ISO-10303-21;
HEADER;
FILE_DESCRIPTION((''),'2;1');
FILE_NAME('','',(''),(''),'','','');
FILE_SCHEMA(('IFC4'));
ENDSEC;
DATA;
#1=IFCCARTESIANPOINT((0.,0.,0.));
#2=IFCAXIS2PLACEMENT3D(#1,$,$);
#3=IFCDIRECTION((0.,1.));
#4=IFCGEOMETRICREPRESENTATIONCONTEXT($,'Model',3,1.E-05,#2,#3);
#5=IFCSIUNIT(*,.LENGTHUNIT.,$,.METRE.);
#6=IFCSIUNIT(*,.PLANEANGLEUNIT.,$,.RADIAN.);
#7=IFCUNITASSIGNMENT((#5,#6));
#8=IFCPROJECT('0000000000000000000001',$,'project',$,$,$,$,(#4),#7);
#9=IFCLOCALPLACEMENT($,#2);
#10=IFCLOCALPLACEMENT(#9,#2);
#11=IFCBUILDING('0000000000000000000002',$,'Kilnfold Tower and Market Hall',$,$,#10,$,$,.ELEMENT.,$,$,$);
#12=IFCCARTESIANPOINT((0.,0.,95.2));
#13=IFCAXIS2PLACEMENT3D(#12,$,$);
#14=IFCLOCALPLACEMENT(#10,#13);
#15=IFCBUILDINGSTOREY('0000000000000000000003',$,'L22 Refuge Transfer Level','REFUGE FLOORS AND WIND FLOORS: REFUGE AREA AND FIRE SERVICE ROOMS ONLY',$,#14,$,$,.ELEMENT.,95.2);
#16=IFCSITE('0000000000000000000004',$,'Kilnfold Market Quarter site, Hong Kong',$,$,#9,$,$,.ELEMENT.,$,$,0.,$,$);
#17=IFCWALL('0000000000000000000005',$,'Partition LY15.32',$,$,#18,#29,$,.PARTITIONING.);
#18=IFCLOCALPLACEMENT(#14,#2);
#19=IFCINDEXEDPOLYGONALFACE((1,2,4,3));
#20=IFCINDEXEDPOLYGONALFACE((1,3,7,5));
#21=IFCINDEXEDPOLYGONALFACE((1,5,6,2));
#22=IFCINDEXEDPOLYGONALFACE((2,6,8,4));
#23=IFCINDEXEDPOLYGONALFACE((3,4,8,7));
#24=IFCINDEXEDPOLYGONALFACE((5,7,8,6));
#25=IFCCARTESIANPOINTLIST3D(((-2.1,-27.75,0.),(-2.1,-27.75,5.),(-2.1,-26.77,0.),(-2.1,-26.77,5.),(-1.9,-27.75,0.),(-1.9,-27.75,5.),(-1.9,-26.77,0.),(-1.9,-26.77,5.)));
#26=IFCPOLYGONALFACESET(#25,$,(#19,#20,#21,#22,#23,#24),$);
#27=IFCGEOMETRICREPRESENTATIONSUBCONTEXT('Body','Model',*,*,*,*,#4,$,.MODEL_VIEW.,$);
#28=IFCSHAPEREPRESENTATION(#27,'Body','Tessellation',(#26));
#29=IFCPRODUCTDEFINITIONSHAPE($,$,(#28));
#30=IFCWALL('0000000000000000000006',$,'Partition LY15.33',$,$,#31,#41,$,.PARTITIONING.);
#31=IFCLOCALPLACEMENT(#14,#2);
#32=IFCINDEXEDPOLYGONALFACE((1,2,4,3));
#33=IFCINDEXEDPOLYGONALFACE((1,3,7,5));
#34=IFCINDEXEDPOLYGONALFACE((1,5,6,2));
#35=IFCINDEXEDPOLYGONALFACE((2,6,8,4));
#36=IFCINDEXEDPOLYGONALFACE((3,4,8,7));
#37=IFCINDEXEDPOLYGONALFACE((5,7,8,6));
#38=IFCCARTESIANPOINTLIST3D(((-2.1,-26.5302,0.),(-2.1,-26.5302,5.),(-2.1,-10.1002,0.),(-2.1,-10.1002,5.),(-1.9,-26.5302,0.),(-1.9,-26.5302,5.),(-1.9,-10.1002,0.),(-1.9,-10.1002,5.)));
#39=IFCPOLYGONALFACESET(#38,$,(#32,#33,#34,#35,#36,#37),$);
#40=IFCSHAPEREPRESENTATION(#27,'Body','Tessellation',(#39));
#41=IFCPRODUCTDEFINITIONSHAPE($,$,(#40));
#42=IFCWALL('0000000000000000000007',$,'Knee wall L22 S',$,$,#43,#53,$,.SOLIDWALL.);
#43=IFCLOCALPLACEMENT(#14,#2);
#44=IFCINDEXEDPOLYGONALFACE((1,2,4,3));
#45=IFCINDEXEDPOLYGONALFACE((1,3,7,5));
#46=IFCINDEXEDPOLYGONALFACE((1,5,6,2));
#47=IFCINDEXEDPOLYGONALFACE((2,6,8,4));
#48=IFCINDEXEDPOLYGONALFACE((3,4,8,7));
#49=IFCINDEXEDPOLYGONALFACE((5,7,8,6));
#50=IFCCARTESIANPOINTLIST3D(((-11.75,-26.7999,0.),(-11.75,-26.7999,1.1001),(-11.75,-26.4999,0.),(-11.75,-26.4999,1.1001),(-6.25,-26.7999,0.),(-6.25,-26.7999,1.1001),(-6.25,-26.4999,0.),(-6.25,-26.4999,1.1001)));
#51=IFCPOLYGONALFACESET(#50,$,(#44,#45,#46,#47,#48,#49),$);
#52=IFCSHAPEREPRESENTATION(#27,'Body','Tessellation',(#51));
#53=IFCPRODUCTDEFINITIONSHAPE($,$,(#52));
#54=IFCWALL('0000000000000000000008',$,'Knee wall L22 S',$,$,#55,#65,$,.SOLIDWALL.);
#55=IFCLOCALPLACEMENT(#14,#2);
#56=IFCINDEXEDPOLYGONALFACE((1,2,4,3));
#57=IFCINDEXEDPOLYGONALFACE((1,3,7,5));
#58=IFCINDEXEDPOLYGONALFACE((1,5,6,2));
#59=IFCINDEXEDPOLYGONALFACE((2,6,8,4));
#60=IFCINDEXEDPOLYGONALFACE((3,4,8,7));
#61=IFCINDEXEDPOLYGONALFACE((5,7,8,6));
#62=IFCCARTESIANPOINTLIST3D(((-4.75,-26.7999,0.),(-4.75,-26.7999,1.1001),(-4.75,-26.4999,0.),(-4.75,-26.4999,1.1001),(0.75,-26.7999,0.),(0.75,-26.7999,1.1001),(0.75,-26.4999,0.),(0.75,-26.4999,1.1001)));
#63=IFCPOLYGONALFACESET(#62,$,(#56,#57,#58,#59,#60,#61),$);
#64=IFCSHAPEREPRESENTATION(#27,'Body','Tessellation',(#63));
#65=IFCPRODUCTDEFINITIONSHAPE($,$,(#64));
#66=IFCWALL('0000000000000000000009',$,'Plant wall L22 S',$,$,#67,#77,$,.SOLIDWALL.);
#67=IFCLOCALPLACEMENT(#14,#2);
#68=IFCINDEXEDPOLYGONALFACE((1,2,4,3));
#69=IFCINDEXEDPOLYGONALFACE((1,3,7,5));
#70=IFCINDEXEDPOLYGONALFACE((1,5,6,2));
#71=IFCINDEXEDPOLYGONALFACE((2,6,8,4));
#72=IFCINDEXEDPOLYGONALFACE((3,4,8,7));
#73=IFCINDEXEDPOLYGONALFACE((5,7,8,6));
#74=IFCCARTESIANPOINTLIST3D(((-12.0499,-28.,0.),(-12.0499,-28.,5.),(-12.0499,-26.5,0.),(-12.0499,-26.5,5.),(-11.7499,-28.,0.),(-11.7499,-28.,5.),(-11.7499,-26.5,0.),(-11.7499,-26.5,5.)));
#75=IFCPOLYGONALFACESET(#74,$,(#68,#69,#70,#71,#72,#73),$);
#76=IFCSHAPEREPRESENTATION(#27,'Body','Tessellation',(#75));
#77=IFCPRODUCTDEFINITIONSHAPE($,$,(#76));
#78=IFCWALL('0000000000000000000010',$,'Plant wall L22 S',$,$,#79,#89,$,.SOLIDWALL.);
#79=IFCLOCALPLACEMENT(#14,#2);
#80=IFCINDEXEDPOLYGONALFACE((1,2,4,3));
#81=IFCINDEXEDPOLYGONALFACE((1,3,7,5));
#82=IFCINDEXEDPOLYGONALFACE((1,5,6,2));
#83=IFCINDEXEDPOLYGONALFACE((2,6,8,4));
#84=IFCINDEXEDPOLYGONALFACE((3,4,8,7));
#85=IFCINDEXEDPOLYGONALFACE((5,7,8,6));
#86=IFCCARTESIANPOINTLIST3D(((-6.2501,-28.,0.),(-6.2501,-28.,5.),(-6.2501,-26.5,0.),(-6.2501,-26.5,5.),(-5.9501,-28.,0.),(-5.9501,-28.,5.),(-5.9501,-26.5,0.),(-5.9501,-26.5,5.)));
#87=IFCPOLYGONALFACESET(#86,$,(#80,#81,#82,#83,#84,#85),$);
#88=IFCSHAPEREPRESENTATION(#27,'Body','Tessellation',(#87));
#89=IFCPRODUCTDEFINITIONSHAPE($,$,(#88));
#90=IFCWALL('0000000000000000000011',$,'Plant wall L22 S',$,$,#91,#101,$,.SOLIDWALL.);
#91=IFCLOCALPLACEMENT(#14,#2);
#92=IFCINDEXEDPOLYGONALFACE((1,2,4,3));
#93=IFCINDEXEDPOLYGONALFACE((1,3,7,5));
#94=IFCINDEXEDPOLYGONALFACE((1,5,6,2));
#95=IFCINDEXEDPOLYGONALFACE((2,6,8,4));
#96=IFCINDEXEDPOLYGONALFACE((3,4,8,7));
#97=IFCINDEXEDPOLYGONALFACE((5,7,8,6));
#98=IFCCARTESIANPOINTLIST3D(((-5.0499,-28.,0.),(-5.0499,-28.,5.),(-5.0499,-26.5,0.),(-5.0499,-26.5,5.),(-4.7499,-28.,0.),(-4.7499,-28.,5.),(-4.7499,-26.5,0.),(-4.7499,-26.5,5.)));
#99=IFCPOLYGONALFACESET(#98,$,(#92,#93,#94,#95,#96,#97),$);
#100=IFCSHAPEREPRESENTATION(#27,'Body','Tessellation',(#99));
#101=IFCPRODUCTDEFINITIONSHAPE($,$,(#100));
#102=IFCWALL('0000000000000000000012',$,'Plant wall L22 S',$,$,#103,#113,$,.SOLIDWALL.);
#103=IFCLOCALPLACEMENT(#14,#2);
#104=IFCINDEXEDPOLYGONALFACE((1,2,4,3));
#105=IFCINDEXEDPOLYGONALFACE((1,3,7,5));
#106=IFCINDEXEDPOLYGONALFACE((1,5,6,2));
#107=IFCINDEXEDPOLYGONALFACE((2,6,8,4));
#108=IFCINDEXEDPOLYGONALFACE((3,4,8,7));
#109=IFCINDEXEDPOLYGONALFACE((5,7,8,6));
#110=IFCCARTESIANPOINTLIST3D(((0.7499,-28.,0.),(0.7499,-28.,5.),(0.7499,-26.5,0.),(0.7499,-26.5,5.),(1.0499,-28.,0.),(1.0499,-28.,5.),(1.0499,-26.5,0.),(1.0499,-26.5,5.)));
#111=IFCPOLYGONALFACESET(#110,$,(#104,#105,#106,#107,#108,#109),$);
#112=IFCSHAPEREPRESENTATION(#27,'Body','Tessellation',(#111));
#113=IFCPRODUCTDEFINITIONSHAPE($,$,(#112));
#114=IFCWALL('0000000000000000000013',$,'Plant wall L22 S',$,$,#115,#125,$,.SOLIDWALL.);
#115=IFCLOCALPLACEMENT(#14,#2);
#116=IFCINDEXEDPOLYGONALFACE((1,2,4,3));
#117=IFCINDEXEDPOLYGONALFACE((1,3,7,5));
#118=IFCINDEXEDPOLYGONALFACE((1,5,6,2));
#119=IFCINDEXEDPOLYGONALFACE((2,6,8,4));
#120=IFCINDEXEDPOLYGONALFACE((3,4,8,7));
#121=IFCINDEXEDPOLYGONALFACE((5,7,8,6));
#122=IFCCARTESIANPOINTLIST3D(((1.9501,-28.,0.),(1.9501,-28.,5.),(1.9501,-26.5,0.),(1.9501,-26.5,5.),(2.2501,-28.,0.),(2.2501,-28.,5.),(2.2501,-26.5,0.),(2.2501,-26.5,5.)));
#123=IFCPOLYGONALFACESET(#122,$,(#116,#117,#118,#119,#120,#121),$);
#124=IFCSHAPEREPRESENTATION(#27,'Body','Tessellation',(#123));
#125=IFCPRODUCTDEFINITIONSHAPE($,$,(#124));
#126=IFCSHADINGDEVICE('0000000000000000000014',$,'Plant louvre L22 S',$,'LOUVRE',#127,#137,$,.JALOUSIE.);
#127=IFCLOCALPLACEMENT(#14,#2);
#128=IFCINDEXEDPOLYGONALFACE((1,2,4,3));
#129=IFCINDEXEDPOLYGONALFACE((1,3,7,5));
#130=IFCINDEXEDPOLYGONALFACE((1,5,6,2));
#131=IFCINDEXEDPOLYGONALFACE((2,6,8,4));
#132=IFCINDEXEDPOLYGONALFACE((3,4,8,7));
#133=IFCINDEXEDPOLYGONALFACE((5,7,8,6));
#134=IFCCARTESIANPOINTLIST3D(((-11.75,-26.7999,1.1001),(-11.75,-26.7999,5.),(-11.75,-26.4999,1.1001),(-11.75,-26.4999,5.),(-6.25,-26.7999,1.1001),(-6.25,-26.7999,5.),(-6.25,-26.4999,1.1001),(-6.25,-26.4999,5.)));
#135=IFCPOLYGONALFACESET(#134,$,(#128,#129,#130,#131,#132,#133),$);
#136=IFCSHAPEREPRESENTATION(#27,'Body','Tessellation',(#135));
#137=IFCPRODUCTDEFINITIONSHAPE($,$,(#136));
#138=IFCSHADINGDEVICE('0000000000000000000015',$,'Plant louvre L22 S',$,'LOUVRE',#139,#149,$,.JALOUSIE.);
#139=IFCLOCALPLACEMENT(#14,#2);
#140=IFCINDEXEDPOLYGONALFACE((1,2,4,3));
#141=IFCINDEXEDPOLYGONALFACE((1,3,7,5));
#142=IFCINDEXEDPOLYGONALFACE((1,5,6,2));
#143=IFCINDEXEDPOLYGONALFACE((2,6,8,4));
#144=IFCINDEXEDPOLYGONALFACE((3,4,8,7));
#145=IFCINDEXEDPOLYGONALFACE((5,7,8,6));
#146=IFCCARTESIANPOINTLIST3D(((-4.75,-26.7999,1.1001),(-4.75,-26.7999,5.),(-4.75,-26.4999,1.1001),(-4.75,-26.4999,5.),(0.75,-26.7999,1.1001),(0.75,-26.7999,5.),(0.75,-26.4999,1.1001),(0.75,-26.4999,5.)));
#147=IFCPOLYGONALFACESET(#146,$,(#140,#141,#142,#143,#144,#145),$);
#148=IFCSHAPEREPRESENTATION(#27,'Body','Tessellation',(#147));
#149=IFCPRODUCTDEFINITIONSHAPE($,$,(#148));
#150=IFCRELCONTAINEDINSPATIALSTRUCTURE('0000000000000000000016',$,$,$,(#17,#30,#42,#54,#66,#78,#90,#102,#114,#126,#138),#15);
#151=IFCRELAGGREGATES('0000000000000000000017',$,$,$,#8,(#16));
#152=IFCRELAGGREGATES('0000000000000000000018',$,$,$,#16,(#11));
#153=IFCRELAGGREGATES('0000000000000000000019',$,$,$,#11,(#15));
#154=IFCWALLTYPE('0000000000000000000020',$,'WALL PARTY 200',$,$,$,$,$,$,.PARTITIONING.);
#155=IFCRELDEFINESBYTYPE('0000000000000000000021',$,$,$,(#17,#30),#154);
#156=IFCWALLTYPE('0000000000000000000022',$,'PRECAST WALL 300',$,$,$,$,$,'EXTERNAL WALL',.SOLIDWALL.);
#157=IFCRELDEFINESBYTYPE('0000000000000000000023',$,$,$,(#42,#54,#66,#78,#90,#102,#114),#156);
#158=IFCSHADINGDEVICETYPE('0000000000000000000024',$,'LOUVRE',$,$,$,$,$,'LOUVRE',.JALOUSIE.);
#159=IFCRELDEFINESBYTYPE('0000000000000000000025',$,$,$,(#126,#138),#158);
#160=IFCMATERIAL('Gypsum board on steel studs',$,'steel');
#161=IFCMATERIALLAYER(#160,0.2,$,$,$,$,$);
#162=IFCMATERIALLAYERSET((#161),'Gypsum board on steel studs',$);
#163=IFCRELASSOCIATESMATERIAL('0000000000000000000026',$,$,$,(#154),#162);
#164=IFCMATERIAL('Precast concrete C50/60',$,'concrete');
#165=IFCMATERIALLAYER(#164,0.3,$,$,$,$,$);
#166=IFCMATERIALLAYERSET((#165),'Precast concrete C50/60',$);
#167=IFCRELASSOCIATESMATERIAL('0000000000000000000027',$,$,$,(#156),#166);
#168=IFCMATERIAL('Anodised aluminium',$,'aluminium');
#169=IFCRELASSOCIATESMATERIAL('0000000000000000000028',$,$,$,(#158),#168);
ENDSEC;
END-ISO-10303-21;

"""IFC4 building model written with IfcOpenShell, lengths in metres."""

from ifc_helpers import new_model, si_unit, direction, frame, frame_2d, origin, origin_2d, place, context, subcontext, project, spatial, rectangle, extrude, source, transform, mapped, material, layer, layer_set, type_object, element, save


model = new_model("IFC4")

# Units and contexts
model_context = context("Model", 3, precision=1e-05, world=origin(), true_north=direction((0.0, 1.0)))
body_context = subcontext(model_context, "Body", "Model", "MODEL_VIEW")
ifc_project = project(units=[si_unit("LENGTHUNIT", "METRE"), si_unit("PLANEANGLEUNIT", "RADIAN")], contexts=[model_context])

# Site, building, storey
site_placement = place(None, origin())
site = spatial("IfcSite", under=ifc_project, at=site_placement, Name="Kilnfold Market Quarter site, Hong Kong", CompositionType="ELEMENT", RefElevation=0.0)
building_placement = place(site_placement, origin())
building = spatial("IfcBuilding", under=site, at=building_placement, Name="Kilnfold Tower and Market Hall", CompositionType="ELEMENT")
storey_placement = place(building_placement, frame((0.0, 0.0, 95.2)))
storey = spatial("IfcBuildingStorey", under=building, at=storey_placement, Name="L22 Refuge Transfer Level", Description="REFUGE FLOORS AND WIND FLOORS: REFUGE AREA AND FIRE SERVICE ROOMS ONLY", CompositionType="ELEMENT", Elevation=95.2)

# Walls
ifc_material_1 = material(Name="Gypsum board on steel studs", Category="steel")
ifc_layer_1 = layer(ifc_material_1, 0.2)
ifc_layer_set_1 = layer_set([ifc_layer_1], Name="Gypsum board on steel studs")
wall_type_1 = type_object("IfcWallType", Name="WALL PARTY 200", PredefinedType="PARTITIONING", material=ifc_layer_set_1)
wall_1_placement = place(storey_placement, frame((-2.0, -27.75, 0.0), z_axis=(0.0, 0.0, 1.0), x_axis=(0.0, 1.0, 0.0)))
element("IfcWall", 1, at=wall_1_placement, inside=storey, type_object=wall_type_1, Name="Partition LY15.32", PredefinedType="PARTITIONING", context=body_context, shape_type="SweptSolid", body=[
    extrude(rectangle(XDim=0.98, YDim=0.2, at=frame_2d((0.49, 0.0))), origin(), (0.0, 0.0, 1.0), 5.0),
])
wall_2_placement = place(storey_placement, frame((-2.0, -26.53, 0.0), z_axis=(0.0, 0.0, 1.0), x_axis=(0.0, 1.0, 0.0)))
element("IfcWall", 2, at=wall_2_placement, inside=storey, type_object=wall_type_1, Name="Partition LY15.33", PredefinedType="PARTITIONING", context=body_context, shape_type="SweptSolid", body=[
    extrude(rectangle(XDim=16.4299, YDim=0.2, at=frame_2d((8.2148, 0.0))), origin(), (0.0, 0.0, 1.0), 5.0),
])
ifc_material_2 = material(Name="Precast concrete C50/60", Category="concrete")
ifc_layer_2 = layer(ifc_material_2, 0.3)
ifc_layer_set_2 = layer_set([ifc_layer_2], Name="Precast concrete C50/60")
wall_type_2 = type_object("IfcWallType", Name="PRECAST WALL 300", ElementType="EXTERNAL WALL", PredefinedType="SOLIDWALL", material=ifc_layer_set_2)
shared_shape_1 = source(origin(), body_context, "Body", "SweptSolid", [
    extrude(rectangle(XDim=5.5, YDim=0.3, at=frame_2d((2.75, 0.0))), origin(), (0.0, 0.0, 1.0), 1.1001),
])
for number, where, z_axis, x_axis, name in (
    (3, (-11.75, -26.6499, 0.0), (0.0, 0.0, 1.0), (1.0, 0.0, 0.0), "Knee wall L22 S"),
    (4, (-4.75, -26.6499, 0.0), (0.0, 0.0, 1.0), (1.0, 0.0, 0.0), "Knee wall L22 S"),
):
    element("IfcWall", number, at=place(storey_placement, frame(where, z_axis=z_axis, x_axis=x_axis)), inside=storey, type_object=wall_type_2, Name=name, PredefinedType="SOLIDWALL", context=body_context, shape_type="MappedRepresentation", body=[
        mapped(shared_shape_1, transform((0.0, 0.0, 0.0))),
    ])
shared_shape_2 = source(origin(), body_context, "Body", "SweptSolid", [
    extrude(rectangle(XDim=1.5, YDim=0.3, at=frame_2d((0.75, 0.0))), origin(), (0.0, 0.0, 1.0), 5.0),
])
for number, where, z_axis, x_axis, name in (
    (5, (-11.8999, -28.0, 0.0), (0.0, 0.0, 1.0), (0.0, 1.0, 0.0), "Plant wall L22 S"),
    (6, (-6.1001, -28.0, 0.0), (0.0, 0.0, 1.0), (0.0, 1.0, 0.0), "Plant wall L22 S"),
    (7, (-4.8999, -28.0, 0.0), (0.0, 0.0, 1.0), (0.0, 1.0, 0.0), "Plant wall L22 S"),
    (8, (0.8999, -28.0, 0.0), (0.0, 0.0, 1.0), (0.0, 1.0, 0.0), "Plant wall L22 S"),
    (9, (2.1001, -28.0, 0.0), (0.0, 0.0, 1.0), (0.0, 1.0, 0.0), "Plant wall L22 S"),
):
    element("IfcWall", number, at=place(storey_placement, frame(where, z_axis=z_axis, x_axis=x_axis)), inside=storey, type_object=wall_type_2, Name=name, PredefinedType="SOLIDWALL", context=body_context, shape_type="MappedRepresentation", body=[
        mapped(shared_shape_2, transform((0.0, 0.0, 0.0))),
    ])

# Shading devices
ifc_material_3 = material(Name="Anodised aluminium", Category="aluminium")
shading_device_type = type_object("IfcShadingDeviceType", Name="LOUVRE", ElementType="LOUVRE", PredefinedType="JALOUSIE", material=ifc_material_3)
shared_shape_3 = source(origin(), body_context, "Body", "SweptSolid", [
    extrude(rectangle(XDim=5.5, YDim=0.3, at=origin_2d()), origin(), (0.0, 0.0, 1.0), 3.8999),
])
for number, where, z_axis, x_axis, name in (
    (10, (-9.0, -26.6499, 1.1001), (0.0, 0.0, 1.0), (1.0, 0.0, 0.0), "Plant louvre L22 S"),
    (11, (-2.0, -26.6499, 1.1001), (0.0, 0.0, 1.0), (1.0, 0.0, 0.0), "Plant louvre L22 S"),
):
    element("IfcShadingDevice", number, at=place(storey_placement, frame(where, z_axis=z_axis, x_axis=x_axis)), inside=storey, type_object=shading_device_type, Name=name, ObjectType="LOUVRE", PredefinedType="JALOUSIE", context=body_context, shape_type="MappedRepresentation", body=[
        mapped(shared_shape_3, transform((0.0, 0.0, 0.0))),
    ])

save(model, "model.ifc")
